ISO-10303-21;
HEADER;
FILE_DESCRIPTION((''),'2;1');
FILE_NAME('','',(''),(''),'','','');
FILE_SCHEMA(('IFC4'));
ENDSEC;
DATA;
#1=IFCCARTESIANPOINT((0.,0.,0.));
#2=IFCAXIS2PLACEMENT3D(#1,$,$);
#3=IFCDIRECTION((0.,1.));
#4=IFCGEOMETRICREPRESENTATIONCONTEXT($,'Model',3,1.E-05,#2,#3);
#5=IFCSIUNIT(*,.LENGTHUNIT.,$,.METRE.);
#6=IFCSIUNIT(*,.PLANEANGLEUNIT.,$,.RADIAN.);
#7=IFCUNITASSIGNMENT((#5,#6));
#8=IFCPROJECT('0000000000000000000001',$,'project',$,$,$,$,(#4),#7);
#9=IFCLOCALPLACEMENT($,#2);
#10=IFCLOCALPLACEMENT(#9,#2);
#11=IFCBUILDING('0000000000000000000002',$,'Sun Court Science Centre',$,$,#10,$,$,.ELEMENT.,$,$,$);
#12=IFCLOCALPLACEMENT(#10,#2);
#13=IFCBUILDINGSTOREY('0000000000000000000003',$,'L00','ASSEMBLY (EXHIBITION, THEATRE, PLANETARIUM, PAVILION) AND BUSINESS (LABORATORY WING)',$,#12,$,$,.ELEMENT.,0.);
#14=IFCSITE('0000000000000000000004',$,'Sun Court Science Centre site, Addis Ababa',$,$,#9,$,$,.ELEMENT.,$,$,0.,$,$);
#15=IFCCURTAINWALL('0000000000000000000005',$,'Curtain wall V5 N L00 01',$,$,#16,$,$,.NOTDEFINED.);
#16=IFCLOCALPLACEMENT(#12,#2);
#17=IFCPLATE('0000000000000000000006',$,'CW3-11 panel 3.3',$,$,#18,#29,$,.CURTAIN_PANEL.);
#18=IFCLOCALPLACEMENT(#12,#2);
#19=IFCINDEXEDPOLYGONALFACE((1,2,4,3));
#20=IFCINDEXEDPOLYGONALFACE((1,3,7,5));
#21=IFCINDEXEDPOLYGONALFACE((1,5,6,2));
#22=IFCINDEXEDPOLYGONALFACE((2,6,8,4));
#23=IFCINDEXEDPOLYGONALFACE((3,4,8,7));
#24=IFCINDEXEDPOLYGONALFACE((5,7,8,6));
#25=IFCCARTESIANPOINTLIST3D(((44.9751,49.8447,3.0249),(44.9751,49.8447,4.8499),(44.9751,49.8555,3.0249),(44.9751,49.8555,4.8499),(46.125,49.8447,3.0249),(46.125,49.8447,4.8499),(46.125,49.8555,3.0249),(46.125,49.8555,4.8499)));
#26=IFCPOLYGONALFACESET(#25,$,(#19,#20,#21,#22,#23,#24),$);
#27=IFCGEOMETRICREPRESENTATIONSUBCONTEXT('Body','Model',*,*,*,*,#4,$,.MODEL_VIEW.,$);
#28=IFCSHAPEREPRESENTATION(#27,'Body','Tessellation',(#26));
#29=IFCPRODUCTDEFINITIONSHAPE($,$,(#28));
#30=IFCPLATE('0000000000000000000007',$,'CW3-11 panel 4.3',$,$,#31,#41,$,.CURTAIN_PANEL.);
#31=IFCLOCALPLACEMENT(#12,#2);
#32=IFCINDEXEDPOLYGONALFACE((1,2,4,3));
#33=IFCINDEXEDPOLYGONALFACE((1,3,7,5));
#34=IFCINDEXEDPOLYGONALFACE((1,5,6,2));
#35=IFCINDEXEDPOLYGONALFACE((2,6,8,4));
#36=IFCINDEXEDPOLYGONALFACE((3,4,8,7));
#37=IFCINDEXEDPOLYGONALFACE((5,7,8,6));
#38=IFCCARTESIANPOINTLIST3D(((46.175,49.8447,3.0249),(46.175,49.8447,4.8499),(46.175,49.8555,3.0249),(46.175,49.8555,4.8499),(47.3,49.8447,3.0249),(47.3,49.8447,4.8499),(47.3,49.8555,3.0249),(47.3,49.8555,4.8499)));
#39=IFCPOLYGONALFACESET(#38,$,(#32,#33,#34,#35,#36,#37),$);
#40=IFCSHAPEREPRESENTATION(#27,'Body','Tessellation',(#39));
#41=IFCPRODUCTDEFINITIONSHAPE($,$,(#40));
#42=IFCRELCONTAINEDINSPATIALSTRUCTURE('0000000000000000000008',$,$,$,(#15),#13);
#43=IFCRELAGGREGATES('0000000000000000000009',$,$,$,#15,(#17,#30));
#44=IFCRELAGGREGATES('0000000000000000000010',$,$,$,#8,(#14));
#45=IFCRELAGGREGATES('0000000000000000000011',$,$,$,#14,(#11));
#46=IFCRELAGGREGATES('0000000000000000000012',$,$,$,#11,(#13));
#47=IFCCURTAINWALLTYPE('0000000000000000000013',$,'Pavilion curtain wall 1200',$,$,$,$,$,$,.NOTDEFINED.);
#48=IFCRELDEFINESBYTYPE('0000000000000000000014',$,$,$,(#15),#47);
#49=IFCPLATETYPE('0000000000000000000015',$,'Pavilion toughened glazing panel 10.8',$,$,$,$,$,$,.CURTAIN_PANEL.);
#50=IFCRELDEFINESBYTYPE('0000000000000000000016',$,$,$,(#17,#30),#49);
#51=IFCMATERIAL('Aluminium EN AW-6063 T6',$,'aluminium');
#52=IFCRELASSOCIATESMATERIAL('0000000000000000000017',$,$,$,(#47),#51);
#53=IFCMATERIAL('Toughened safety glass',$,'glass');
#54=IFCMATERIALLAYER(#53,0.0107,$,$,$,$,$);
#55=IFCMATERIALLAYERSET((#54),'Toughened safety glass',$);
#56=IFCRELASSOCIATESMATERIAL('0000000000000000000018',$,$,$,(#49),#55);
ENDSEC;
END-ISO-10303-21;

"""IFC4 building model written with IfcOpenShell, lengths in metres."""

from ifc_helpers import new_model, si_unit, direction, frame, origin, origin_2d, place, context, subcontext, project, spatial, rectangle, extrude, material, layer, layer_set, type_object, element, aggregate, save


model = new_model("IFC4")

# Units and contexts
model_context = context("Model", 3, precision=1e-05, world=origin(), true_north=direction((0.0, 1.0)))
body_context = subcontext(model_context, "Body", "Model", "MODEL_VIEW")
ifc_project = project(units=[si_unit("LENGTHUNIT", "METRE"), si_unit("PLANEANGLEUNIT", "RADIAN")], contexts=[model_context])

# Site, building, storey
site_placement = place(None, origin())
site = spatial("IfcSite", under=ifc_project, at=site_placement, Name="Sun Court Science Centre site, Addis Ababa", CompositionType="ELEMENT", RefElevation=0.0)
building_placement = place(site_placement, origin())
building = spatial("IfcBuilding", under=site, at=building_placement, Name="Sun Court Science Centre", CompositionType="ELEMENT")
storey_placement = place(building_placement, origin())
storey = spatial("IfcBuildingStorey", under=building, at=storey_placement, Name="L00", Description="ASSEMBLY (EXHIBITION, THEATRE, PLANETARIUM, PAVILION) AND BUSINESS (LABORATORY WING)", CompositionType="ELEMENT", Elevation=0.0)

# Curtain wall
ifc_material_1 = material(Name="Aluminium EN AW-6063 T6", Category="aluminium")
curtain_wall_type = type_object("IfcCurtainWallType", Name="Pavilion curtain wall 1200", PredefinedType="NOTDEFINED", material=ifc_material_1)
curtain_wall_1_placement = place(storey_placement, origin())
curtain_wall_1 = element("IfcCurtainWall", 1, at=curtain_wall_1_placement, inside=storey, type_object=curtain_wall_type, Name="Curtain wall V5 N L00 01", PredefinedType="NOTDEFINED")

# Plates
ifc_material_2 = material(Name="Toughened safety glass", Category="glass")
ifc_layer_1 = layer(ifc_material_2, 0.0107)
ifc_layer_set_1 = layer_set([ifc_layer_1], Name="Toughened safety glass")
plate_type = type_object("IfcPlateType", Name="Pavilion toughened glazing panel 10.8", PredefinedType="CURTAIN_PANEL", material=ifc_layer_set_1)
plate_1_placement = place(storey_placement, frame((45.55, 49.8501, 3.0249), z_axis=(0.0, 0.0, 1.0), x_axis=(1.0, 0.0, 0.0)))
plate_1 = element("IfcPlate", 2, at=plate_1_placement, type_object=plate_type, Name="CW3-11 panel 3.3", PredefinedType="CURTAIN_PANEL", context=body_context, shape_type="SweptSolid", body=[
    extrude(rectangle(XDim=1.1499, YDim=0.0107, at=origin_2d()), origin(), (0.0, 0.0, 1.0), 1.825),
])
plate_2_placement = place(storey_placement, frame((46.7375, 49.8501, 3.0249), z_axis=(0.0, 0.0, 1.0), x_axis=(1.0, 0.0, 0.0)))
plate_2 = element("IfcPlate", 3, at=plate_2_placement, type_object=plate_type, Name="CW3-11 panel 4.3", PredefinedType="CURTAIN_PANEL", context=body_context, shape_type="SweptSolid", body=[
    extrude(rectangle(XDim=1.125, YDim=0.0107, at=origin_2d()), origin(), (0.0, 0.0, 1.0), 1.825),
])
aggregate(curtain_wall_1, [plate_1, plate_2])

save(model, "model.ifc")
